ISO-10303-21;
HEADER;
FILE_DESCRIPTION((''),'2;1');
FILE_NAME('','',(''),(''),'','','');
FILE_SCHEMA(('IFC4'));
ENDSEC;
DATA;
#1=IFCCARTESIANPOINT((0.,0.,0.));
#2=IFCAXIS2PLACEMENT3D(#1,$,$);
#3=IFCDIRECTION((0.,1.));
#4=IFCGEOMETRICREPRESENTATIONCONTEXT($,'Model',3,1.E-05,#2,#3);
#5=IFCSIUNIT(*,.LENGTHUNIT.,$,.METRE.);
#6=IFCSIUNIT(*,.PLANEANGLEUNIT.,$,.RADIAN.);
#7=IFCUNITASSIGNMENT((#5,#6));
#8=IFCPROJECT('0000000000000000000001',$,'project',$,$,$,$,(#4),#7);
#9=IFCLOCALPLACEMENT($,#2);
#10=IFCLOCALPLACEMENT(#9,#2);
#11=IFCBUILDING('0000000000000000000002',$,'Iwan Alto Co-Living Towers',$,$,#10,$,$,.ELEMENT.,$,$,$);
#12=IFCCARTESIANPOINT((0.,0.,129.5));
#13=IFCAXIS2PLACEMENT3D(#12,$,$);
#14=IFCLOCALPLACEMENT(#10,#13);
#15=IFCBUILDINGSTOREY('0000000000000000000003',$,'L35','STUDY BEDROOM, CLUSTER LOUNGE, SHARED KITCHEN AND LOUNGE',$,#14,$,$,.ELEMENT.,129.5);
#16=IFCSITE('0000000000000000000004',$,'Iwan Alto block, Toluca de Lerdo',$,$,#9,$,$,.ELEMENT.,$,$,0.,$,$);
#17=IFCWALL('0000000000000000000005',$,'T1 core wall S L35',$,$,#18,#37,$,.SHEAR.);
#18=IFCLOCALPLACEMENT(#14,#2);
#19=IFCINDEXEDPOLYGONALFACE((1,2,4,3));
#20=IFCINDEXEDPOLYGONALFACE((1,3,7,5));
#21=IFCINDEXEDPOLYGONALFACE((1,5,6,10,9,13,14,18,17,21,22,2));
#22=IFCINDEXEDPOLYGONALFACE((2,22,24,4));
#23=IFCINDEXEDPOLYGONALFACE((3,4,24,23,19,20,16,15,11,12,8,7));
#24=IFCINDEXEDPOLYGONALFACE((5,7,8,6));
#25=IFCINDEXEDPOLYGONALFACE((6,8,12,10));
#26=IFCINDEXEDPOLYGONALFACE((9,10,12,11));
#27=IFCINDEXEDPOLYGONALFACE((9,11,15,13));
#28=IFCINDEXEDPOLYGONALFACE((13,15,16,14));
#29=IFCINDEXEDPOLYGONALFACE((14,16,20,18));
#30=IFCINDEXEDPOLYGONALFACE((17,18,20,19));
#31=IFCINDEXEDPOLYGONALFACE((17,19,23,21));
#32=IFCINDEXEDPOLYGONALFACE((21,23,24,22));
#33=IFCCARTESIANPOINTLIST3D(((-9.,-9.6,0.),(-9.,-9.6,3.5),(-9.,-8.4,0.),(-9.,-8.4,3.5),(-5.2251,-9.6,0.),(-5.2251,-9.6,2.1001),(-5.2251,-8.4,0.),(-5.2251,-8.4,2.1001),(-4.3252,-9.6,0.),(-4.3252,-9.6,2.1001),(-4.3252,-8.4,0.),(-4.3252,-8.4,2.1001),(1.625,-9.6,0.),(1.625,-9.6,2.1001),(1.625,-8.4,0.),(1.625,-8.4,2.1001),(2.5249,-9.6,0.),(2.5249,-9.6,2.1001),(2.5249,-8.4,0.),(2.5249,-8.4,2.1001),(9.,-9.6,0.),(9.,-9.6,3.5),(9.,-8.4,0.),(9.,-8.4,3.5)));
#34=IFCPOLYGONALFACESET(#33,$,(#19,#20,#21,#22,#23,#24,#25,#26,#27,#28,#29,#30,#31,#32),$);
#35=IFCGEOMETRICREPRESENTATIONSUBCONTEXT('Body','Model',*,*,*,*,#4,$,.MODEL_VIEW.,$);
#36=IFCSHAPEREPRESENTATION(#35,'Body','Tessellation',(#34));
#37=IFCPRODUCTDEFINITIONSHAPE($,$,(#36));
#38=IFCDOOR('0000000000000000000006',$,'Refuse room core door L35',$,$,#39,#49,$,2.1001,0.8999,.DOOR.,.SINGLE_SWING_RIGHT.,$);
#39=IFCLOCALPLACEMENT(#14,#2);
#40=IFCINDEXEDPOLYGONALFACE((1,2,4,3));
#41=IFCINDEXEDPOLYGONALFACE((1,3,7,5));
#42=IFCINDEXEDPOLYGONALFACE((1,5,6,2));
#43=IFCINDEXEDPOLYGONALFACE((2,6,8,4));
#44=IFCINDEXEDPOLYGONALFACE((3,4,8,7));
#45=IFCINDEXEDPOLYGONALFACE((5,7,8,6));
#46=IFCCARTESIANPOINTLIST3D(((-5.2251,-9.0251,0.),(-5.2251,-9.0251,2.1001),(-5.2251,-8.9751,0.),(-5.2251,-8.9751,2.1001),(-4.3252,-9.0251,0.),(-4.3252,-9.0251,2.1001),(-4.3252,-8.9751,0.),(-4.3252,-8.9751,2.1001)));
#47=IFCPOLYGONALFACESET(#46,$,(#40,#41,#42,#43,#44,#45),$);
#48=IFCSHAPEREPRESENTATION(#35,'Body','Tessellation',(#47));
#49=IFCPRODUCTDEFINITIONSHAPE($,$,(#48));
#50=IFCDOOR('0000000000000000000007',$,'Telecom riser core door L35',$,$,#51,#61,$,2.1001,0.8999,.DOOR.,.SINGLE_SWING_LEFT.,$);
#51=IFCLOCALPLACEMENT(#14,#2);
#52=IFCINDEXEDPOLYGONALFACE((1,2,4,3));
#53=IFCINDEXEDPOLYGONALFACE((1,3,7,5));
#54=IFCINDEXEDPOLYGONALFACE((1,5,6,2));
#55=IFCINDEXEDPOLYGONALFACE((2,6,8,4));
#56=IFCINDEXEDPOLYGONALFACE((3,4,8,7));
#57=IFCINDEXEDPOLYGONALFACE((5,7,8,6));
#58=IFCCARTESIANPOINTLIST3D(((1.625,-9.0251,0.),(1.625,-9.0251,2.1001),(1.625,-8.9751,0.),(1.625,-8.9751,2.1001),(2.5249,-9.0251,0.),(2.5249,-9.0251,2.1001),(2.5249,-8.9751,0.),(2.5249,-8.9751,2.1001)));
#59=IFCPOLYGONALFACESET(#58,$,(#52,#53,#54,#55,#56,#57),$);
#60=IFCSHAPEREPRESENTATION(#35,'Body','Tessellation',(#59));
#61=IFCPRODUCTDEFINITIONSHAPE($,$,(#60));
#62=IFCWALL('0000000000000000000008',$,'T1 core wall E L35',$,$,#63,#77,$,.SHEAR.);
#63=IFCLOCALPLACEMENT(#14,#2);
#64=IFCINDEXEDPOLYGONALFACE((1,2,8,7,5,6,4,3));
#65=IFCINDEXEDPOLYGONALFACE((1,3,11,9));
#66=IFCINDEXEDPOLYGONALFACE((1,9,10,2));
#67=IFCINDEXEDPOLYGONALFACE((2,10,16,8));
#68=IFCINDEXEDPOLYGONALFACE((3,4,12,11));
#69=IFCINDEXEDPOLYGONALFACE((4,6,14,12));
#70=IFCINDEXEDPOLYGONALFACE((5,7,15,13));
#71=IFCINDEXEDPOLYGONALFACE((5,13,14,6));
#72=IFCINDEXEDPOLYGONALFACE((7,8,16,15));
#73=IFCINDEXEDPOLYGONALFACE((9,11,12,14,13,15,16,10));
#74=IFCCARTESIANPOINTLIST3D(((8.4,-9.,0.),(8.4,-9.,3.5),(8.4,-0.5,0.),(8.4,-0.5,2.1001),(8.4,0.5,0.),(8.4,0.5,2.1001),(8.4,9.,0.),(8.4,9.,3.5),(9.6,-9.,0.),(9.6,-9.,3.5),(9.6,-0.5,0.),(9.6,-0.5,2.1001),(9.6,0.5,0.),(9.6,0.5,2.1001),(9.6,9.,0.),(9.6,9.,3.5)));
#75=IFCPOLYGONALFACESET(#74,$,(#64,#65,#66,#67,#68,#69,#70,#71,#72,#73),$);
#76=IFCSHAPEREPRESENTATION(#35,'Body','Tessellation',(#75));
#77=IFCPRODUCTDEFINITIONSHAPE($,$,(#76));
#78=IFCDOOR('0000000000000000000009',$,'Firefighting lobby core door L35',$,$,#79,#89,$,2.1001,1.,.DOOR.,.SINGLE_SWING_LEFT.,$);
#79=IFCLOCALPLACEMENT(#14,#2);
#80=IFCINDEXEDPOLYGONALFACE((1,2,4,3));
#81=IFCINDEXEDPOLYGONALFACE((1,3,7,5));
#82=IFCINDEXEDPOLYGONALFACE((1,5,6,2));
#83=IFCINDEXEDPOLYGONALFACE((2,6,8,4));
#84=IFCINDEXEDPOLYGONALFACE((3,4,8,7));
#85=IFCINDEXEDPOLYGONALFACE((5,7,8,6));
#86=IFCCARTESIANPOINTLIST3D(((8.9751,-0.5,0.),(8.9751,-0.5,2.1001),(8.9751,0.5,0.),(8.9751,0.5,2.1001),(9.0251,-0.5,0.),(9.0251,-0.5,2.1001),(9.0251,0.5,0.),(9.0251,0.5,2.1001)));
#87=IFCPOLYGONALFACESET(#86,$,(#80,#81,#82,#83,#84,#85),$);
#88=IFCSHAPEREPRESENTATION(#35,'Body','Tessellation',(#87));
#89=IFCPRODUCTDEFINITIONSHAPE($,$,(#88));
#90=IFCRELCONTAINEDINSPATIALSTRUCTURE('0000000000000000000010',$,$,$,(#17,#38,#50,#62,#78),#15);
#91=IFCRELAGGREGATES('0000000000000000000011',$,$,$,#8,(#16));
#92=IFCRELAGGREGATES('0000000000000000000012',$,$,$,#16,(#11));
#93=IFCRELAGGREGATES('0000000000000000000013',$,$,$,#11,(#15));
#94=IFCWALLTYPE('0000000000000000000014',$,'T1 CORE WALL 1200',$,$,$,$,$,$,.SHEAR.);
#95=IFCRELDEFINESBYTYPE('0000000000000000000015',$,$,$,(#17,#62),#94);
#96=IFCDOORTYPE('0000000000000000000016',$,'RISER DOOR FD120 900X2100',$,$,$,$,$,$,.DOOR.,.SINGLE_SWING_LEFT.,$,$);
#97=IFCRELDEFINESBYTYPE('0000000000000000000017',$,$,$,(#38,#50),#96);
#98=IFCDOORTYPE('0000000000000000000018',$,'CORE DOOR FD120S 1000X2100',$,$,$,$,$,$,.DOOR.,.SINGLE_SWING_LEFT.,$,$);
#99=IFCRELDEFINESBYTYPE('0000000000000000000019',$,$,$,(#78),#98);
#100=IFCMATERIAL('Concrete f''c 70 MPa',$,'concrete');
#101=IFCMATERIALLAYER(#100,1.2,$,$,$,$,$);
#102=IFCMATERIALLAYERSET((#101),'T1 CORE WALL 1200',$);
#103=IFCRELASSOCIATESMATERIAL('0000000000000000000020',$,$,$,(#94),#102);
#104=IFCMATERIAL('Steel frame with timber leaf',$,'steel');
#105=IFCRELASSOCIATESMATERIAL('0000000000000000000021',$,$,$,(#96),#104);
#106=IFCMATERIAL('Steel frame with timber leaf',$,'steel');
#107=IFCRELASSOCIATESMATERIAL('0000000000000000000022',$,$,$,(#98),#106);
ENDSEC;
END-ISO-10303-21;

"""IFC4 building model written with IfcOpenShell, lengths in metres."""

from ifc_helpers import new_model, si_unit, direction, frame, frame_2d, origin, place, context, subcontext, project, spatial, rectangle, extrude, material, layer, layer_set, type_object, element, fill, save


model = new_model("IFC4")

# Units and contexts
model_context = context("Model", 3, precision=1e-05, world=origin(), true_north=direction((0.0, 1.0)))
body_context = subcontext(model_context, "Body", "Model", "MODEL_VIEW")
ifc_project = project(units=[si_unit("LENGTHUNIT", "METRE"), si_unit("PLANEANGLEUNIT", "RADIAN")], contexts=[model_context])

# Site, building, storey
site_placement = place(None, origin())
site = spatial("IfcSite", under=ifc_project, at=site_placement, Name="Iwan Alto block, Toluca de Lerdo", CompositionType="ELEMENT", RefElevation=0.0)
building_placement = place(site_placement, origin())
building = spatial("IfcBuilding", under=site, at=building_placement, Name="Iwan Alto Co-Living Towers", CompositionType="ELEMENT")
storey_placement = place(building_placement, frame((0.0, 0.0, 129.5)))
storey = spatial("IfcBuildingStorey", under=building, at=storey_placement, Name="L35", Description="STUDY BEDROOM, CLUSTER LOUNGE, SHARED KITCHEN AND LOUNGE", CompositionType="ELEMENT", Elevation=129.5)

# Wall, openings, doors
ifc_material_1 = material(Name="Concrete f'c 70 MPa", Category="concrete")
ifc_layer_1 = layer(ifc_material_1, 1.2)
ifc_layer_set_1 = layer_set([ifc_layer_1], Name="T1 CORE WALL 1200")
wall_type_1 = type_object("IfcWallType", Name="T1 CORE WALL 1200", PredefinedType="SHEAR", material=ifc_layer_set_1)
wall_1_placement = place(storey_placement, frame((-9.0, -9.0, 0.0), z_axis=(0.0, 0.0, 1.0), x_axis=(1.0, 0.0, 0.0)))
wall_1 = element("IfcWall", 1, at=wall_1_placement, inside=storey, type_object=wall_type_1, Name="T1 core wall S L35", PredefinedType="SHEAR", context=body_context, shape_type="SweptSolid", body=[
    extrude(rectangle(XDim=18.0, YDim=1.2, at=frame_2d((9.0, 0.0))), origin(), (0.0, 0.0, 1.0), 3.5),
])
opening_1_placement = place(wall_1_placement, frame((3.7749, 0.0, 0.0)))
opening_1 = element("IfcOpeningElement", 2, at=opening_1_placement, cuts=wall_1, PredefinedType="OPENING", context=body_context, shape_type="SweptSolid", body=[
    extrude(rectangle(XDim=0.8999, YDim=2.1001, at=frame_2d((0.45, 1.05))), frame((0.0, 0.6099, 0.0), z_axis=(0.0, -1.0, 0.0), x_axis=(1.0, 0.0, 0.0)), (0.0, 0.0, 1.0), 1.22),
])
opening_2_placement = place(wall_1_placement, frame((10.625, 0.0, 0.0)))
opening_2 = element("IfcOpeningElement", 3, at=opening_2_placement, cuts=wall_1, PredefinedType="OPENING", context=body_context, shape_type="SweptSolid", body=[
    extrude(rectangle(XDim=0.8999, YDim=2.1001, at=frame_2d((0.45, 1.05))), frame((0.0, 0.6099, 0.0), z_axis=(0.0, -1.0, 0.0), x_axis=(1.0, 0.0, 0.0)), (0.0, 0.0, 1.0), 1.22),
])
ifc_material_2 = material(Name="Steel frame with timber leaf", Category="steel")
door_type_1 = type_object("IfcDoorType", Name="RISER DOOR FD120 900X2100", OperationType="SINGLE_SWING_LEFT", PredefinedType="DOOR", material=ifc_material_2)
door_1_placement = place(opening_1_placement, origin())
door_1 = element("IfcDoor", 4, at=door_1_placement, inside=storey, type_object=door_type_1, Name="Refuse room core door L35", OperationType="SINGLE_SWING_RIGHT", OverallHeight=2.1001, OverallWidth=0.8999, PredefinedType="DOOR", context=body_context, shape_type="SweptSolid", body=[
    extrude(rectangle(XDim=0.8999, YDim=2.1001, at=frame_2d((0.45, 1.05))), frame((0.0, 0.0249, 0.0), z_axis=(0.0, -1.0, 0.0), x_axis=(1.0, 0.0, 0.0)), (0.0, 0.0, 1.0), 0.05),
])
fill(opening_1, door_1)
door_2_placement = place(opening_2_placement, origin())
door_2 = element("IfcDoor", 5, at=door_2_placement, inside=storey, type_object=door_type_1, Name="Telecom riser core door L35", OperationType="SINGLE_SWING_LEFT", OverallHeight=2.1001, OverallWidth=0.8999, PredefinedType="DOOR", context=body_context, shape_type="SweptSolid", body=[
    extrude(rectangle(XDim=0.8999, YDim=2.1001, at=frame_2d((0.45, 1.05))), frame((0.0, 0.0249, 0.0), z_axis=(0.0, -1.0, 0.0), x_axis=(1.0, 0.0, 0.0)), (0.0, 0.0, 1.0), 0.05),
])
fill(opening_2, door_2)

# Wall, opening, door
wall_2_placement = place(storey_placement, frame((9.0, -9.0, 0.0), z_axis=(0.0, 0.0, 1.0), x_axis=(0.0, 1.0, 0.0)))
wall_2 = element("IfcWall", 6, at=wall_2_placement, inside=storey, type_object=wall_type_1, Name="T1 core wall E L35", PredefinedType="SHEAR", context=body_context, shape_type="SweptSolid", body=[
    extrude(rectangle(XDim=18.0, YDim=1.2, at=frame_2d((9.0, 0.0))), origin(), (0.0, 0.0, 1.0), 3.5),
])
opening_3_placement = place(wall_2_placement, frame((8.5, 0.0, 0.0)))
opening_3 = element("IfcOpeningElement", 7, at=opening_3_placement, cuts=wall_2, PredefinedType="OPENING", context=body_context, shape_type="SweptSolid", body=[
    extrude(rectangle(XDim=1.0, YDim=2.1001, at=frame_2d((0.5, 1.05))), frame((0.0, 0.6099, 0.0), z_axis=(0.0, -1.0, 0.0), x_axis=(1.0, 0.0, 0.0)), (0.0, 0.0, 1.0), 1.22),
])
ifc_material_3 = material(Name="Steel frame with timber leaf", Category="steel")
door_type_2 = type_object("IfcDoorType", Name="CORE DOOR FD120S 1000X2100", OperationType="SINGLE_SWING_LEFT", PredefinedType="DOOR", material=ifc_material_3)
door_3_placement = place(opening_3_placement, origin())
door_3 = element("IfcDoor", 8, at=door_3_placement, inside=storey, type_object=door_type_2, Name="Firefighting lobby core door L35", OperationType="SINGLE_SWING_LEFT", OverallHeight=2.1001, OverallWidth=1.0, PredefinedType="DOOR", context=body_context, shape_type="SweptSolid", body=[
    extrude(rectangle(XDim=1.0, YDim=2.1001, at=frame_2d((0.5, 1.05))), frame((0.0, 0.0249, 0.0), z_axis=(0.0, -1.0, 0.0), x_axis=(1.0, 0.0, 0.0)), (0.0, 0.0, 1.0), 0.05),
])
fill(opening_3, door_3)

save(model, "model.ifc")
